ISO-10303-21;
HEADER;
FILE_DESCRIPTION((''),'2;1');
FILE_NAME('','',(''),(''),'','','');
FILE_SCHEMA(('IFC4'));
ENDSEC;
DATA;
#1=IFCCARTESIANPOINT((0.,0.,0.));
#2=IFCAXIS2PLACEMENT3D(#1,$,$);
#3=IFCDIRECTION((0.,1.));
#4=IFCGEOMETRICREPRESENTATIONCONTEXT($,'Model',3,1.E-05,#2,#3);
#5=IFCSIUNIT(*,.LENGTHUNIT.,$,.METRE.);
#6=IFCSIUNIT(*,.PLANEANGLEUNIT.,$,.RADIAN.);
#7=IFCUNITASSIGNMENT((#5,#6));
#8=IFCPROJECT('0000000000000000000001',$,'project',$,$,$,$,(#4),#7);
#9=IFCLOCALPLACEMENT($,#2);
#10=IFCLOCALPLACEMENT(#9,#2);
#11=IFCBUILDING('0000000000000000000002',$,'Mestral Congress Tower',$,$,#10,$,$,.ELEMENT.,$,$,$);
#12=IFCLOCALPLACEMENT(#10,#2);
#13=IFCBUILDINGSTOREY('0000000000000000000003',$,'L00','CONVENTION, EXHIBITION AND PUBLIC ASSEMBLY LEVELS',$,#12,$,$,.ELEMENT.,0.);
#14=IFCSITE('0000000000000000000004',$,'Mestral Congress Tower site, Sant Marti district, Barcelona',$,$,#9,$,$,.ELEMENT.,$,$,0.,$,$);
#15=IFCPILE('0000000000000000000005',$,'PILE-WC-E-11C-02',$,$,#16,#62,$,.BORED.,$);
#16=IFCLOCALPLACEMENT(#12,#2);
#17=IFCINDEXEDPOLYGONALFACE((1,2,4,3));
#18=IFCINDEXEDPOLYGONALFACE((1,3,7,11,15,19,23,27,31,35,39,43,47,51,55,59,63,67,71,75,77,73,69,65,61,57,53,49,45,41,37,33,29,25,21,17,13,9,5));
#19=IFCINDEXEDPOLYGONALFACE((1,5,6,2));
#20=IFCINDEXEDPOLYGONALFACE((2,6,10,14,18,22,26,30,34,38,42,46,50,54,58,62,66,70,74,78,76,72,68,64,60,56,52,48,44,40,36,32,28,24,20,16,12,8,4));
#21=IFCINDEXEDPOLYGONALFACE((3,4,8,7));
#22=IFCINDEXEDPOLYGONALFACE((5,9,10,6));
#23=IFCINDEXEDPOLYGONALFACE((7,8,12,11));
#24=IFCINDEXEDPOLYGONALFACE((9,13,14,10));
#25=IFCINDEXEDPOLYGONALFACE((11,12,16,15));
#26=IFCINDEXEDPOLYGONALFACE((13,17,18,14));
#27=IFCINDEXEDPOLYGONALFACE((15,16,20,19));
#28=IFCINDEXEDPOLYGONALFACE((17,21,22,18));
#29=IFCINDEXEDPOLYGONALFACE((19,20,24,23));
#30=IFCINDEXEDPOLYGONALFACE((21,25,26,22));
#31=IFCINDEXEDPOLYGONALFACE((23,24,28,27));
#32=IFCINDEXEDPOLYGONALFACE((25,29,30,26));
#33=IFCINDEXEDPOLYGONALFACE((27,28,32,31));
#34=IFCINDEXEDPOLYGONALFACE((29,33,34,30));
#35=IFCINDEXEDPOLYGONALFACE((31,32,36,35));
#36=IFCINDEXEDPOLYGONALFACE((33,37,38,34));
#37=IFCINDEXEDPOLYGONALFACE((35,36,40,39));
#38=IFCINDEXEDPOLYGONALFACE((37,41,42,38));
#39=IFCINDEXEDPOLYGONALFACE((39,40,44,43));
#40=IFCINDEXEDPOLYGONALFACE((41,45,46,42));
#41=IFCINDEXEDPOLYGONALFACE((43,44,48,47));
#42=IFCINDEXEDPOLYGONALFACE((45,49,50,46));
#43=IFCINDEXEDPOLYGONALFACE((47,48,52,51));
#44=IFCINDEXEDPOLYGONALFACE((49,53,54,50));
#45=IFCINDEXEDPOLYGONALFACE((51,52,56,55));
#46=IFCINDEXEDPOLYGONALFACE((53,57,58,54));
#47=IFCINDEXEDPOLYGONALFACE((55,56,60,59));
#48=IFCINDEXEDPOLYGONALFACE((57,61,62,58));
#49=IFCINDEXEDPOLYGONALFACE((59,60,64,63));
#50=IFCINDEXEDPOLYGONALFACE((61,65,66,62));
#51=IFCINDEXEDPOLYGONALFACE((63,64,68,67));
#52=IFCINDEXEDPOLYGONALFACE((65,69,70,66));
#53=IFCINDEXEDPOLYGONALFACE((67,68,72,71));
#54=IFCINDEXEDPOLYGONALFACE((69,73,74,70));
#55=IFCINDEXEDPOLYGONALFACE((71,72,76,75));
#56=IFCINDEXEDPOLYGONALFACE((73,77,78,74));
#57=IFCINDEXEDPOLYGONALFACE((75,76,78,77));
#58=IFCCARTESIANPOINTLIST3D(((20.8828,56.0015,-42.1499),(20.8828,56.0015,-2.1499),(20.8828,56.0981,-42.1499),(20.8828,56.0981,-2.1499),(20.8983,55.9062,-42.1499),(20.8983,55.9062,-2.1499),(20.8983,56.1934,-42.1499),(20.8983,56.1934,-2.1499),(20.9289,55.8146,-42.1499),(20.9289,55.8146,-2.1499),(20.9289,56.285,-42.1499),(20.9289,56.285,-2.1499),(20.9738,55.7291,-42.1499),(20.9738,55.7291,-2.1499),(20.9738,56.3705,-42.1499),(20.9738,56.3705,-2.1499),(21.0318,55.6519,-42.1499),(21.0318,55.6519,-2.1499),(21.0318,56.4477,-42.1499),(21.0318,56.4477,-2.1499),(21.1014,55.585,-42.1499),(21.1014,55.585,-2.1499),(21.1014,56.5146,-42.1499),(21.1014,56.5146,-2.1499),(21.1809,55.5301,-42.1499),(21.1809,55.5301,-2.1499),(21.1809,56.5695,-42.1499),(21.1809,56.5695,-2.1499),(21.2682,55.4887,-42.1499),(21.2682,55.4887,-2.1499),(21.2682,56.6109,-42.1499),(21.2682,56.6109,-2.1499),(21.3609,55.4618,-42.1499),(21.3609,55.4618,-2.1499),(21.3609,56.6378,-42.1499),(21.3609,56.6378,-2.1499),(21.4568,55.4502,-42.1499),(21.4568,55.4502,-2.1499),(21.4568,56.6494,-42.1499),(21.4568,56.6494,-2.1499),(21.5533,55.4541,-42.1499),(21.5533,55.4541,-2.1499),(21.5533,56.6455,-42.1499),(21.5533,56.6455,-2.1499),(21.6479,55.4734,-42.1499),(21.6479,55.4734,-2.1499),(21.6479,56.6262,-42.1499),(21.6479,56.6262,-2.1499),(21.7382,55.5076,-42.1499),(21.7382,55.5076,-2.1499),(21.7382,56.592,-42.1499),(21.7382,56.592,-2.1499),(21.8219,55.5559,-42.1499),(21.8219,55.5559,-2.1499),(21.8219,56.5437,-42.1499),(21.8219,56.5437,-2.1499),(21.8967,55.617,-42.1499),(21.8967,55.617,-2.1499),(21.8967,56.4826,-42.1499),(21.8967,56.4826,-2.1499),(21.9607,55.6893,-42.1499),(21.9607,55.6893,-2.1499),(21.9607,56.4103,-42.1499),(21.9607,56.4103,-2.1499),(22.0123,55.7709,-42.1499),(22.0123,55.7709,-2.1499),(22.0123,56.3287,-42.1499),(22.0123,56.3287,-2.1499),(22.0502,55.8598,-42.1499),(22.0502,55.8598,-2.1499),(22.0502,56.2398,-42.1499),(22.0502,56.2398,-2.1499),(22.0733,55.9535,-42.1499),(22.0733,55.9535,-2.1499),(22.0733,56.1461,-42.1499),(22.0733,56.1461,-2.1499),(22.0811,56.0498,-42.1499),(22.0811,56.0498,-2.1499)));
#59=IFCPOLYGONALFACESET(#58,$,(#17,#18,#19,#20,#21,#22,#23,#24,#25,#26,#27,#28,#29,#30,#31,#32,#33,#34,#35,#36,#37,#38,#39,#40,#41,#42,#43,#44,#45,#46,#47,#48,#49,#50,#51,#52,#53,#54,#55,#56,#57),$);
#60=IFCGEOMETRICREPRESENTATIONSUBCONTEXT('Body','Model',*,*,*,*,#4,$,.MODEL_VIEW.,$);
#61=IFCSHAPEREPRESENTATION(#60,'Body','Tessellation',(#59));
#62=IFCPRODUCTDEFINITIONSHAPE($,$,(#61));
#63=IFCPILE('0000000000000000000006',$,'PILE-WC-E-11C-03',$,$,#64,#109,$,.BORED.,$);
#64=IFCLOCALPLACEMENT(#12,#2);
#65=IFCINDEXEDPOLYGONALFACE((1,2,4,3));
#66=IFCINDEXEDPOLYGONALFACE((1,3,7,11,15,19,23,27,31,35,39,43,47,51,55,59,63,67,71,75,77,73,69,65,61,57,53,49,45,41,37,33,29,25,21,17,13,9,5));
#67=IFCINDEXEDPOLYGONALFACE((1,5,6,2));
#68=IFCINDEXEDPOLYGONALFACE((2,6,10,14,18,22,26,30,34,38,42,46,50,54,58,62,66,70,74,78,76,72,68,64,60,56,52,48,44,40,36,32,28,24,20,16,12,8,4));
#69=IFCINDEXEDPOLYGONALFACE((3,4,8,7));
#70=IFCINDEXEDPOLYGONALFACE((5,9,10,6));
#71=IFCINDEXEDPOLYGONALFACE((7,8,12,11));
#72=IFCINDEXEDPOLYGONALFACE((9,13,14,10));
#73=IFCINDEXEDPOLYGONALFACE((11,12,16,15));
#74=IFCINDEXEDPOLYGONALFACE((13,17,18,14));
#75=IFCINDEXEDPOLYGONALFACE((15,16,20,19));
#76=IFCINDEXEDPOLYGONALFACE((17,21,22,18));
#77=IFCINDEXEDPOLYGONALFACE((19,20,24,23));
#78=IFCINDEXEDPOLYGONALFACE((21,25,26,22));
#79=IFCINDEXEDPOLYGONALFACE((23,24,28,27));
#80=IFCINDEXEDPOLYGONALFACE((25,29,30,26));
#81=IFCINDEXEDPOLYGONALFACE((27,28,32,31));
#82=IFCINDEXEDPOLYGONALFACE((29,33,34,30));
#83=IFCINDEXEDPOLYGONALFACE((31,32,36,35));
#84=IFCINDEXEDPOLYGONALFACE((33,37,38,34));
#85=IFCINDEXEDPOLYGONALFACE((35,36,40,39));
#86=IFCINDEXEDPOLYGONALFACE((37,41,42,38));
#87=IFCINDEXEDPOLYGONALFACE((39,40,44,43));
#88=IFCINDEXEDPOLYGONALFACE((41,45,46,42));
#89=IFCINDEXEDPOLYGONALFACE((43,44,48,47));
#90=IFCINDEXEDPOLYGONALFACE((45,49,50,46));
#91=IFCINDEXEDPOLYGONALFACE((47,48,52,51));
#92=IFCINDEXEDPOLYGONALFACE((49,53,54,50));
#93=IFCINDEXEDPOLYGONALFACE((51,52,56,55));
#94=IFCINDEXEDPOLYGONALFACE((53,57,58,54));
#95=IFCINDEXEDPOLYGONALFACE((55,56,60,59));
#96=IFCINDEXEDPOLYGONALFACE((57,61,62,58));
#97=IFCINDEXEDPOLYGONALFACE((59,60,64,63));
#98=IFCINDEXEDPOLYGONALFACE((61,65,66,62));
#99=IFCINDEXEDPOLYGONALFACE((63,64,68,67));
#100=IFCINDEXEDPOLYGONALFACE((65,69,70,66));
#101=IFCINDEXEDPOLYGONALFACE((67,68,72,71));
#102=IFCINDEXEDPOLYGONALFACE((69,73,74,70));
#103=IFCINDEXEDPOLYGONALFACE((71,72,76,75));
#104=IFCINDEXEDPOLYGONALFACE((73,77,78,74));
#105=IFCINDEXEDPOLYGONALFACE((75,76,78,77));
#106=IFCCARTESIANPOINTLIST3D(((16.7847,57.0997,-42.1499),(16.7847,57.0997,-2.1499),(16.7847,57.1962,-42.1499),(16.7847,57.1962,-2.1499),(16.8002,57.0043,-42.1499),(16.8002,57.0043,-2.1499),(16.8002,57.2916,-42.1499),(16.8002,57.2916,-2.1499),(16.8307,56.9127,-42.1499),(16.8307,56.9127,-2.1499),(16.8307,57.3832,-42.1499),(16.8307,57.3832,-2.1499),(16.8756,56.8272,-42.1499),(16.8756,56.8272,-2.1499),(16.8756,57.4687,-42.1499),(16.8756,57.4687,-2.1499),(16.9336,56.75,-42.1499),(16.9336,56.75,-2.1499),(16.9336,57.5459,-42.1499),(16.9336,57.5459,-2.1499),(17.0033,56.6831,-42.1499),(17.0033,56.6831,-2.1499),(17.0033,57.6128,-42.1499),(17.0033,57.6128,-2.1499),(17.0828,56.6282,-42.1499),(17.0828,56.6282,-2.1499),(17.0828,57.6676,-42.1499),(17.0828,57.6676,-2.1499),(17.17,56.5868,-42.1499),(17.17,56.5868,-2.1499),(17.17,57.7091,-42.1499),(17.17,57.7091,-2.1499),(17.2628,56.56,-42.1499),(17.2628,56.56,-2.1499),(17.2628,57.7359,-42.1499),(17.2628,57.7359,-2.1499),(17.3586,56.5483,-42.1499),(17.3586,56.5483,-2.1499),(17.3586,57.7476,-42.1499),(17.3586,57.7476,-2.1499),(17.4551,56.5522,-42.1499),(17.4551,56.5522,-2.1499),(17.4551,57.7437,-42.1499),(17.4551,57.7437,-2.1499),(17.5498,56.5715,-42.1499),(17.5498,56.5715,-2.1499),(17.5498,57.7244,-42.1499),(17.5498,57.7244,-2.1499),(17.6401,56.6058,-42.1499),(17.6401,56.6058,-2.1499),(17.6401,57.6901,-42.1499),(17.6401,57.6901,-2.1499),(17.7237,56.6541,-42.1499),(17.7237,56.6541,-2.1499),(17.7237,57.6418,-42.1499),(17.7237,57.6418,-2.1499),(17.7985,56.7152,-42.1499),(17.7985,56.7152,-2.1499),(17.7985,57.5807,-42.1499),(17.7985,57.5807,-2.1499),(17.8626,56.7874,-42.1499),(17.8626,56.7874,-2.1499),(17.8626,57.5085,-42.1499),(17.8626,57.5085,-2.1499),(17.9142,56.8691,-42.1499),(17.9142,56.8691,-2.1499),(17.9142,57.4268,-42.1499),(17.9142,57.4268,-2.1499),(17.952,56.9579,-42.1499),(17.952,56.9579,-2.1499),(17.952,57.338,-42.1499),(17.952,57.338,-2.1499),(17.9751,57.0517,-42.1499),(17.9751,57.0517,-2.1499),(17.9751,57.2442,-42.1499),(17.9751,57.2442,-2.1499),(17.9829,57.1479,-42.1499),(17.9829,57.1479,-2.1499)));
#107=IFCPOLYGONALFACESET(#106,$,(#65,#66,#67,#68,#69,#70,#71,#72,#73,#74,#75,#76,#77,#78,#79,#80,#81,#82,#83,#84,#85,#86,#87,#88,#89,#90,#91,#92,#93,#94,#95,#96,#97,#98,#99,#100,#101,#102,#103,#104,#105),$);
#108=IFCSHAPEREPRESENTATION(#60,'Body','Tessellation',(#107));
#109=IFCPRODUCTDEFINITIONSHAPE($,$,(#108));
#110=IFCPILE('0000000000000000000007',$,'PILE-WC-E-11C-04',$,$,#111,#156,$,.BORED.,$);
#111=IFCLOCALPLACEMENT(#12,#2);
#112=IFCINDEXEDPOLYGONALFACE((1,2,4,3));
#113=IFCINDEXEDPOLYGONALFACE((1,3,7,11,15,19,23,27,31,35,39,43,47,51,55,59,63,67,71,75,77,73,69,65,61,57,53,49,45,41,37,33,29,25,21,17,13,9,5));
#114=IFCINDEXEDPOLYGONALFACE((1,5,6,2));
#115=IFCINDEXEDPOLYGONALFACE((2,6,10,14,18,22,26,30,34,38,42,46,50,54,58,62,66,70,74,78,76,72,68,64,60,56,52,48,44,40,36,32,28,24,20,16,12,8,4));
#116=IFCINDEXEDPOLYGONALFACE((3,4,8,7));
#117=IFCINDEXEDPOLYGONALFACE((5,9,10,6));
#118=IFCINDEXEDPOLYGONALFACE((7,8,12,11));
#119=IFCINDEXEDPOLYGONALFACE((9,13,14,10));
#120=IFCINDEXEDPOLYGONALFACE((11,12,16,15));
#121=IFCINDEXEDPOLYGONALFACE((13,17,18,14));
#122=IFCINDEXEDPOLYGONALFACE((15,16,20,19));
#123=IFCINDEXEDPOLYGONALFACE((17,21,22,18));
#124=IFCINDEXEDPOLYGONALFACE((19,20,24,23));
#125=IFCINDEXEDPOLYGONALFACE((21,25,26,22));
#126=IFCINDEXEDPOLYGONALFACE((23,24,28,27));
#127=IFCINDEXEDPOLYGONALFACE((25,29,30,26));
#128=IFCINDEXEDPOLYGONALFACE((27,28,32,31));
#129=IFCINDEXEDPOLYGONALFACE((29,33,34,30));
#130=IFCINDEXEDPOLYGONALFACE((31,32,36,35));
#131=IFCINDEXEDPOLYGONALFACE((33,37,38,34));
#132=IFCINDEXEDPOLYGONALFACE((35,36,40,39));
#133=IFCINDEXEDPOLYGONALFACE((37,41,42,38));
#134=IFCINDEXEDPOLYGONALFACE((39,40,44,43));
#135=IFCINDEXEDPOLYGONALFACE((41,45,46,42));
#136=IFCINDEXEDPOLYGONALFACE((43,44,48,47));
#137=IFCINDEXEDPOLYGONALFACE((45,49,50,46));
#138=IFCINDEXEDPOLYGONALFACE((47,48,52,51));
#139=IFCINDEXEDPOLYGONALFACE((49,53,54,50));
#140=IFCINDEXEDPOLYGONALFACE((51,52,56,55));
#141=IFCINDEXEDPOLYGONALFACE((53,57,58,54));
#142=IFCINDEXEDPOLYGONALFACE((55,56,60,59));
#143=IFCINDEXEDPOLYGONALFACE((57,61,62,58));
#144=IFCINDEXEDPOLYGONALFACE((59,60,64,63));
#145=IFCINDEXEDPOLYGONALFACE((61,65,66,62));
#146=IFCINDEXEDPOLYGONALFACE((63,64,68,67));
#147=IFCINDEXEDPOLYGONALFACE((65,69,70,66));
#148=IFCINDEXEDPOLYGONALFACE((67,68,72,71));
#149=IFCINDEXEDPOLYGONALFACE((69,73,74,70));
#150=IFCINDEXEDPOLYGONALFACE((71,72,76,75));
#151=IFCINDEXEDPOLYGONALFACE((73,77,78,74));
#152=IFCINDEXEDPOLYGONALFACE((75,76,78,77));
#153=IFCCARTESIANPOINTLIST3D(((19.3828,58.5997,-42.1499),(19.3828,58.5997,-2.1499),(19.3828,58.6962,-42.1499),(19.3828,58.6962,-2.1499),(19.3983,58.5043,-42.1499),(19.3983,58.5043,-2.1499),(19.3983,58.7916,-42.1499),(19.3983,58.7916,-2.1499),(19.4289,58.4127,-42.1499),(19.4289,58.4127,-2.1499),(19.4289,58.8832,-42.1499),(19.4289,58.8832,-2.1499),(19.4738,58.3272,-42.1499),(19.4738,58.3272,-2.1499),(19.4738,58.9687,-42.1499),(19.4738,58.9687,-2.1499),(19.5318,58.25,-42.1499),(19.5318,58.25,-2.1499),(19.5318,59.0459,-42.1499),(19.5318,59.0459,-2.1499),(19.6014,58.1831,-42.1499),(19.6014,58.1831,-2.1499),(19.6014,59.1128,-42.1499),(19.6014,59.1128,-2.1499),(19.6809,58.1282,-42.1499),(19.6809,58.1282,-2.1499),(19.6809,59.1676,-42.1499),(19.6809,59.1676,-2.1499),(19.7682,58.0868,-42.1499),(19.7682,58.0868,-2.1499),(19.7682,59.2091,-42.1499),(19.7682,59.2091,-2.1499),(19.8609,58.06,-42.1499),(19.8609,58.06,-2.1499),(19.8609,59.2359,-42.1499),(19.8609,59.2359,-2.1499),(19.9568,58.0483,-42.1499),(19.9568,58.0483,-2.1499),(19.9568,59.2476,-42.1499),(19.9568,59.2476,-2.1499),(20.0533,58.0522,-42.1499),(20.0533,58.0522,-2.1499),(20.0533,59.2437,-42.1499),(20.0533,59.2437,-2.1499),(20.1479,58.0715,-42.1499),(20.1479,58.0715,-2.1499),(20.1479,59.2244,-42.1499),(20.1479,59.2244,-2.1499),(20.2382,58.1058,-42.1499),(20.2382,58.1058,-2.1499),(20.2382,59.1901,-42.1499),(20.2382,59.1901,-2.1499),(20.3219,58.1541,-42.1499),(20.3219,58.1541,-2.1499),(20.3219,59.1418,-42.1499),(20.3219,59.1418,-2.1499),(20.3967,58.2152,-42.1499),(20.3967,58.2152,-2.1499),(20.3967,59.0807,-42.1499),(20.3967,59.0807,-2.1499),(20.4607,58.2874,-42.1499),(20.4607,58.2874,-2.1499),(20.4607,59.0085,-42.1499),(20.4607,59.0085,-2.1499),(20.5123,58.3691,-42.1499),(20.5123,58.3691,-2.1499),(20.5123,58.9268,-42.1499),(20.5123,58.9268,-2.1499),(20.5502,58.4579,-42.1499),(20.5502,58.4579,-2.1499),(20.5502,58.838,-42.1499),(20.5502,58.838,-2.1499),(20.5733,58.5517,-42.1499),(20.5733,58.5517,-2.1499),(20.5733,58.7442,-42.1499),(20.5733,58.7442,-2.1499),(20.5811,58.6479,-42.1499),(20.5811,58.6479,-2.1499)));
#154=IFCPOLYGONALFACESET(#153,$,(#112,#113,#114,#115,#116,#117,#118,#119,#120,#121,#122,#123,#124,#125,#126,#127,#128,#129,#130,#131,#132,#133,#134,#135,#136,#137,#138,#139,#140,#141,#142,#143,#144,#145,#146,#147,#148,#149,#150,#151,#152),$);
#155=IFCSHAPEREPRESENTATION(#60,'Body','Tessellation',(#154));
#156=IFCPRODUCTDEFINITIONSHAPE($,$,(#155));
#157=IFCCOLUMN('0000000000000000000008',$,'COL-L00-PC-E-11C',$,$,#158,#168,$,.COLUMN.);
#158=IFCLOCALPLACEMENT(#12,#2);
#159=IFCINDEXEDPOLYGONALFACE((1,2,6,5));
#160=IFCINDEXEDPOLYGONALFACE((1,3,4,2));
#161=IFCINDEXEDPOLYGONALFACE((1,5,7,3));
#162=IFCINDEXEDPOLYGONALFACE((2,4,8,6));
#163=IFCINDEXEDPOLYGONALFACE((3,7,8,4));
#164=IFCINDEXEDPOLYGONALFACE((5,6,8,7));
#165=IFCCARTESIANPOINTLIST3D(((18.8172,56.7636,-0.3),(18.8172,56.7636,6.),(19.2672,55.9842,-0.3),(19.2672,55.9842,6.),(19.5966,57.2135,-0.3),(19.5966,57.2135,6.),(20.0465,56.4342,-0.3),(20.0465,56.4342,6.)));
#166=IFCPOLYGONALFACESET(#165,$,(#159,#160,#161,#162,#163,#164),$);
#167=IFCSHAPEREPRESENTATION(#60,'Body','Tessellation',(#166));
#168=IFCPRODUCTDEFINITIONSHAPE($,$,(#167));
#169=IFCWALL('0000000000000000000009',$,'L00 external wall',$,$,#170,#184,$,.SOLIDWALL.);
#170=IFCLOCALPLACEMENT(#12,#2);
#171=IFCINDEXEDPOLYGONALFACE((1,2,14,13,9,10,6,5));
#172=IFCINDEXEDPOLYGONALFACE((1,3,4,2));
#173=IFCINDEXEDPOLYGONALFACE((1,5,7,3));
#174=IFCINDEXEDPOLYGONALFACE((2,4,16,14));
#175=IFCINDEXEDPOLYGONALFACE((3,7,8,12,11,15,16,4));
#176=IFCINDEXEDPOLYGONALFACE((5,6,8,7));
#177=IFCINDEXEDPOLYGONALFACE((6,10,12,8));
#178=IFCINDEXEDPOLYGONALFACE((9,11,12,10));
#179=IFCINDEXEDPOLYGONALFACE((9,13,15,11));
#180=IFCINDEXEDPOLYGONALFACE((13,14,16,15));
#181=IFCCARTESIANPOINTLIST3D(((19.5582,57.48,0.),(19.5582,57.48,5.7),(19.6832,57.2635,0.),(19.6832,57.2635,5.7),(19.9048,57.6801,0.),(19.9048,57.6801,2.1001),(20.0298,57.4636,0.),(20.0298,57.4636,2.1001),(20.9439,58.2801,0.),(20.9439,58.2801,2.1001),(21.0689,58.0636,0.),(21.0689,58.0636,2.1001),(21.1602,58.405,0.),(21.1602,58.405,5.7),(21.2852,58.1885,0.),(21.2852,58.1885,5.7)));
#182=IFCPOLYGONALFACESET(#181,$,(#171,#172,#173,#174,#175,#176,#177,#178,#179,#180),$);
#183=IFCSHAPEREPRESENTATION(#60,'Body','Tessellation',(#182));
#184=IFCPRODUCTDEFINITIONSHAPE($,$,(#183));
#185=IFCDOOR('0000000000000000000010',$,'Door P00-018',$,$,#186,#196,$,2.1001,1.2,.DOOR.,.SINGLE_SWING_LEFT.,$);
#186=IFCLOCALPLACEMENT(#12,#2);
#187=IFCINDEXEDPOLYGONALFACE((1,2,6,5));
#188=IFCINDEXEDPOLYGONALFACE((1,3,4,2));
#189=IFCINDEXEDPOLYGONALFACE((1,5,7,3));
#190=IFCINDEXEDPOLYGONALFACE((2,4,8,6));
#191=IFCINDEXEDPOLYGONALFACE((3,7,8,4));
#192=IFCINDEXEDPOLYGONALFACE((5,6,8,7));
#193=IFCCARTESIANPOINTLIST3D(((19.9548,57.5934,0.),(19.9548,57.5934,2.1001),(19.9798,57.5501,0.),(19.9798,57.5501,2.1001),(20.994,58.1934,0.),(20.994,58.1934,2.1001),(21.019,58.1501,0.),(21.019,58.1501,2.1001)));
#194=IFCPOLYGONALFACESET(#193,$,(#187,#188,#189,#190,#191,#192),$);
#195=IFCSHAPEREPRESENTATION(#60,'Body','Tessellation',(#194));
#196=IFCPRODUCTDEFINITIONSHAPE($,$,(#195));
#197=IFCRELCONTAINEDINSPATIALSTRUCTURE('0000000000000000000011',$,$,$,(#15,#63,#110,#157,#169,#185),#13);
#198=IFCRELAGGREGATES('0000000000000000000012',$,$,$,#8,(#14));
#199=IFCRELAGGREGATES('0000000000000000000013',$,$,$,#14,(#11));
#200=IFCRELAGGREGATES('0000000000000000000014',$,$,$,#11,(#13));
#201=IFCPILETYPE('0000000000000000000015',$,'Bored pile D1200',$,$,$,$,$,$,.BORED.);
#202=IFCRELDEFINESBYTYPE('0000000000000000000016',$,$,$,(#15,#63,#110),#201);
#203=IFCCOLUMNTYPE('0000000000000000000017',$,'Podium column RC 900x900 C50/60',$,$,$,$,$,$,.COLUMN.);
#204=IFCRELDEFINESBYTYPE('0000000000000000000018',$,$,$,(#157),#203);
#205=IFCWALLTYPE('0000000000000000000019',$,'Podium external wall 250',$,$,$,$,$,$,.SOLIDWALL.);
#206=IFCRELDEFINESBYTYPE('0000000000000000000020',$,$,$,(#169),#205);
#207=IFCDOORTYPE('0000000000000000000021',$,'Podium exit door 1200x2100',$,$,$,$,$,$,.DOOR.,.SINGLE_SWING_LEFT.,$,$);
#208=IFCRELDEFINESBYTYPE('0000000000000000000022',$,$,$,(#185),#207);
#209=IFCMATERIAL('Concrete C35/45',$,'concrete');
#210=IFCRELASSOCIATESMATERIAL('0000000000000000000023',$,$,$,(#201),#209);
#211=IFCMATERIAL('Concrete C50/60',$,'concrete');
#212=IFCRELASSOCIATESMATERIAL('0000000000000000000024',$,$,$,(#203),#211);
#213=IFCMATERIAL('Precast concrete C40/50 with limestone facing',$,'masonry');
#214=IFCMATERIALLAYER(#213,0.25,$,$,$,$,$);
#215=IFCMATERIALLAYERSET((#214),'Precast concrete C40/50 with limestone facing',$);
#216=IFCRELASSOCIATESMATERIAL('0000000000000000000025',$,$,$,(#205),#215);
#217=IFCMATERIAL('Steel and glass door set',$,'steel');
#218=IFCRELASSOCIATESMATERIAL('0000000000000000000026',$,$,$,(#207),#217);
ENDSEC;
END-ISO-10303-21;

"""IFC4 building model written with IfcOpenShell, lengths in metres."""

from ifc_helpers import new_model, si_unit, direction, frame, frame_2d, origin, origin_2d, place, context, subcontext, project, spatial, rectangle, circle, extrude, material, layer, layer_set, material_profile, profile_set, type_object, element, fill, save


model = new_model("IFC4")

# Units and contexts
model_context = context("Model", 3, precision=1e-05, world=origin(), true_north=direction((0.0, 1.0)))
body_context = subcontext(model_context, "Body", "Model", "MODEL_VIEW")
ifc_project = project(units=[si_unit("LENGTHUNIT", "METRE"), si_unit("PLANEANGLEUNIT", "RADIAN")], contexts=[model_context])

# Site, building, storey
site_placement = place(None, origin())
site = spatial("IfcSite", under=ifc_project, at=site_placement, Name="Mestral Congress Tower site, Sant Marti district, Barcelona", CompositionType="ELEMENT", RefElevation=0.0)
building_placement = place(site_placement, origin())
building = spatial("IfcBuilding", under=site, at=building_placement, Name="Mestral Congress Tower", CompositionType="ELEMENT")
storey_placement = place(building_placement, origin())
storey = spatial("IfcBuildingStorey", under=building, at=storey_placement, Name="L00", Description="CONVENTION, EXHIBITION AND PUBLIC ASSEMBLY LEVELS", CompositionType="ELEMENT", Elevation=0.0)

# Piles
ifc_material_1 = material(Name="Concrete C35/45", Category="concrete")
ifc_material_profile_1 = material_profile(ifc_material_1, circle(Radius=0.6001, at=origin_2d()), Name="D1200")
ifc_profile_set_1 = profile_set([ifc_material_profile_1], Name="Concrete C35/45")
pile_type = type_object("IfcPileType", Name="Bored pile D1200", PredefinedType="BORED", material=ifc_profile_set_1)
for number, where, z_axis, x_axis, name in (
    (1, (21.481, 56.0498, -2.1499), (0.0, 0.0, -1.0), (1.0, 0.0, 0.0), "PILE-WC-E-11C-02"),
    (2, (17.3828, 57.1479, -2.1499), (0.0, 0.0, -1.0), (1.0, 0.0, 0.0), "PILE-WC-E-11C-03"),
    (3, (19.981, 58.6479, -2.1499), (0.0, 0.0, -1.0), (1.0, 0.0, 0.0), "PILE-WC-E-11C-04"),
):
    element("IfcPile", number, at=place(storey_placement, frame(where, z_axis=z_axis, x_axis=x_axis)), inside=storey, type_object=pile_type, Name=name, PredefinedType="BORED", context=body_context, shape_type="SweptSolid", body=[
        extrude(circle(Radius=0.6001, at=origin_2d()), origin(), (0.0, 0.0, 1.0), 40.0),
    ])

# Column
ifc_material_2 = material(Name="Concrete C50/60", Category="concrete")
ifc_material_profile_2 = material_profile(ifc_material_2, rectangle(XDim=0.8999, YDim=0.8999, at=origin_2d()), Name="RC 900x900")
ifc_profile_set_2 = profile_set([ifc_material_profile_2], Name="Concrete C50/60")
column_type = type_object("IfcColumnType", Name="Podium column RC 900x900 C50/60", PredefinedType="COLUMN", material=ifc_profile_set_2)
column_placement = place(storey_placement, frame((19.4319, 56.5989, -0.3), z_axis=(0.0, 0.0, 1.0), x_axis=(-0.5, 0.866025, 0.0)))
element("IfcColumn", 4, at=column_placement, inside=storey, type_object=column_type, Name="COL-L00-PC-E-11C", PredefinedType="COLUMN", context=body_context, shape_type="SweptSolid", body=[
    extrude(rectangle(XDim=0.8999, YDim=0.8999, at=origin_2d()), origin(), (0.0, 0.0, 1.0), 6.3),
])

# Wall, opening, door
ifc_material_3 = material(Name="Precast concrete C40/50 with limestone facing", Category="masonry")
ifc_layer_1 = layer(ifc_material_3, 0.25)
ifc_layer_set_1 = layer_set([ifc_layer_1], Name="Precast concrete C40/50 with limestone facing")
wall_type_1 = type_object("IfcWallType", Name="Podium external wall 250", PredefinedType="SOLIDWALL", material=ifc_layer_set_1)
wall_1_placement = place(storey_placement, frame((19.6208, 57.3718, 0.0), z_axis=(0.0, 0.0, 1.0), x_axis=(0.866001, 0.500042, 0.0)))
wall_1 = element("IfcWall", 5, at=wall_1_placement, inside=storey, type_object=wall_type_1, Name="L00 external wall", PredefinedType="SOLIDWALL", context=body_context, shape_type="SweptSolid", body=[
    extrude(rectangle(XDim=1.8499, YDim=0.25, at=frame_2d((0.9248, 0.0))), origin(), (0.0, 0.0, 1.0), 5.7),
])
opening_1_placement = place(wall_1_placement, frame((0.3999, 0.0, 0.0)))
opening_1 = element("IfcOpeningElement", 6, at=opening_1_placement, cuts=wall_1, PredefinedType="OPENING", context=body_context, shape_type="SweptSolid", body=[
    extrude(rectangle(XDim=1.2, YDim=2.1001, at=frame_2d((0.6001, 1.05))), frame((0.0, 0.135, 0.0), z_axis=(0.0, -1.0, 0.0), x_axis=(1.0, 0.0, 0.0)), (0.0, 0.0, 1.0), 0.27),
])
ifc_material_4 = material(Name="Steel and glass door set", Category="steel")
door_type_1 = type_object("IfcDoorType", Name="Podium exit door 1200x2100", OperationType="SINGLE_SWING_LEFT", PredefinedType="DOOR", material=ifc_material_4)
door_1_placement = place(opening_1_placement, origin())
door_1 = element("IfcDoor", 7, at=door_1_placement, inside=storey, type_object=door_type_1, Name="Door P00-018", OperationType="SINGLE_SWING_LEFT", OverallHeight=2.1001, OverallWidth=1.2, PredefinedType="DOOR", context=body_context, shape_type="SweptSolid", body=[
    extrude(rectangle(XDim=1.2, YDim=2.1001, at=frame_2d((0.6001, 1.05))), frame((0.0, 0.0249, 0.0), z_axis=(0.0, -1.0, 0.0), x_axis=(1.0, 0.0, 0.0)), (0.0, 0.0, 1.0), 0.05),
])
fill(opening_1, door_1)

save(model, "model.ifc")
